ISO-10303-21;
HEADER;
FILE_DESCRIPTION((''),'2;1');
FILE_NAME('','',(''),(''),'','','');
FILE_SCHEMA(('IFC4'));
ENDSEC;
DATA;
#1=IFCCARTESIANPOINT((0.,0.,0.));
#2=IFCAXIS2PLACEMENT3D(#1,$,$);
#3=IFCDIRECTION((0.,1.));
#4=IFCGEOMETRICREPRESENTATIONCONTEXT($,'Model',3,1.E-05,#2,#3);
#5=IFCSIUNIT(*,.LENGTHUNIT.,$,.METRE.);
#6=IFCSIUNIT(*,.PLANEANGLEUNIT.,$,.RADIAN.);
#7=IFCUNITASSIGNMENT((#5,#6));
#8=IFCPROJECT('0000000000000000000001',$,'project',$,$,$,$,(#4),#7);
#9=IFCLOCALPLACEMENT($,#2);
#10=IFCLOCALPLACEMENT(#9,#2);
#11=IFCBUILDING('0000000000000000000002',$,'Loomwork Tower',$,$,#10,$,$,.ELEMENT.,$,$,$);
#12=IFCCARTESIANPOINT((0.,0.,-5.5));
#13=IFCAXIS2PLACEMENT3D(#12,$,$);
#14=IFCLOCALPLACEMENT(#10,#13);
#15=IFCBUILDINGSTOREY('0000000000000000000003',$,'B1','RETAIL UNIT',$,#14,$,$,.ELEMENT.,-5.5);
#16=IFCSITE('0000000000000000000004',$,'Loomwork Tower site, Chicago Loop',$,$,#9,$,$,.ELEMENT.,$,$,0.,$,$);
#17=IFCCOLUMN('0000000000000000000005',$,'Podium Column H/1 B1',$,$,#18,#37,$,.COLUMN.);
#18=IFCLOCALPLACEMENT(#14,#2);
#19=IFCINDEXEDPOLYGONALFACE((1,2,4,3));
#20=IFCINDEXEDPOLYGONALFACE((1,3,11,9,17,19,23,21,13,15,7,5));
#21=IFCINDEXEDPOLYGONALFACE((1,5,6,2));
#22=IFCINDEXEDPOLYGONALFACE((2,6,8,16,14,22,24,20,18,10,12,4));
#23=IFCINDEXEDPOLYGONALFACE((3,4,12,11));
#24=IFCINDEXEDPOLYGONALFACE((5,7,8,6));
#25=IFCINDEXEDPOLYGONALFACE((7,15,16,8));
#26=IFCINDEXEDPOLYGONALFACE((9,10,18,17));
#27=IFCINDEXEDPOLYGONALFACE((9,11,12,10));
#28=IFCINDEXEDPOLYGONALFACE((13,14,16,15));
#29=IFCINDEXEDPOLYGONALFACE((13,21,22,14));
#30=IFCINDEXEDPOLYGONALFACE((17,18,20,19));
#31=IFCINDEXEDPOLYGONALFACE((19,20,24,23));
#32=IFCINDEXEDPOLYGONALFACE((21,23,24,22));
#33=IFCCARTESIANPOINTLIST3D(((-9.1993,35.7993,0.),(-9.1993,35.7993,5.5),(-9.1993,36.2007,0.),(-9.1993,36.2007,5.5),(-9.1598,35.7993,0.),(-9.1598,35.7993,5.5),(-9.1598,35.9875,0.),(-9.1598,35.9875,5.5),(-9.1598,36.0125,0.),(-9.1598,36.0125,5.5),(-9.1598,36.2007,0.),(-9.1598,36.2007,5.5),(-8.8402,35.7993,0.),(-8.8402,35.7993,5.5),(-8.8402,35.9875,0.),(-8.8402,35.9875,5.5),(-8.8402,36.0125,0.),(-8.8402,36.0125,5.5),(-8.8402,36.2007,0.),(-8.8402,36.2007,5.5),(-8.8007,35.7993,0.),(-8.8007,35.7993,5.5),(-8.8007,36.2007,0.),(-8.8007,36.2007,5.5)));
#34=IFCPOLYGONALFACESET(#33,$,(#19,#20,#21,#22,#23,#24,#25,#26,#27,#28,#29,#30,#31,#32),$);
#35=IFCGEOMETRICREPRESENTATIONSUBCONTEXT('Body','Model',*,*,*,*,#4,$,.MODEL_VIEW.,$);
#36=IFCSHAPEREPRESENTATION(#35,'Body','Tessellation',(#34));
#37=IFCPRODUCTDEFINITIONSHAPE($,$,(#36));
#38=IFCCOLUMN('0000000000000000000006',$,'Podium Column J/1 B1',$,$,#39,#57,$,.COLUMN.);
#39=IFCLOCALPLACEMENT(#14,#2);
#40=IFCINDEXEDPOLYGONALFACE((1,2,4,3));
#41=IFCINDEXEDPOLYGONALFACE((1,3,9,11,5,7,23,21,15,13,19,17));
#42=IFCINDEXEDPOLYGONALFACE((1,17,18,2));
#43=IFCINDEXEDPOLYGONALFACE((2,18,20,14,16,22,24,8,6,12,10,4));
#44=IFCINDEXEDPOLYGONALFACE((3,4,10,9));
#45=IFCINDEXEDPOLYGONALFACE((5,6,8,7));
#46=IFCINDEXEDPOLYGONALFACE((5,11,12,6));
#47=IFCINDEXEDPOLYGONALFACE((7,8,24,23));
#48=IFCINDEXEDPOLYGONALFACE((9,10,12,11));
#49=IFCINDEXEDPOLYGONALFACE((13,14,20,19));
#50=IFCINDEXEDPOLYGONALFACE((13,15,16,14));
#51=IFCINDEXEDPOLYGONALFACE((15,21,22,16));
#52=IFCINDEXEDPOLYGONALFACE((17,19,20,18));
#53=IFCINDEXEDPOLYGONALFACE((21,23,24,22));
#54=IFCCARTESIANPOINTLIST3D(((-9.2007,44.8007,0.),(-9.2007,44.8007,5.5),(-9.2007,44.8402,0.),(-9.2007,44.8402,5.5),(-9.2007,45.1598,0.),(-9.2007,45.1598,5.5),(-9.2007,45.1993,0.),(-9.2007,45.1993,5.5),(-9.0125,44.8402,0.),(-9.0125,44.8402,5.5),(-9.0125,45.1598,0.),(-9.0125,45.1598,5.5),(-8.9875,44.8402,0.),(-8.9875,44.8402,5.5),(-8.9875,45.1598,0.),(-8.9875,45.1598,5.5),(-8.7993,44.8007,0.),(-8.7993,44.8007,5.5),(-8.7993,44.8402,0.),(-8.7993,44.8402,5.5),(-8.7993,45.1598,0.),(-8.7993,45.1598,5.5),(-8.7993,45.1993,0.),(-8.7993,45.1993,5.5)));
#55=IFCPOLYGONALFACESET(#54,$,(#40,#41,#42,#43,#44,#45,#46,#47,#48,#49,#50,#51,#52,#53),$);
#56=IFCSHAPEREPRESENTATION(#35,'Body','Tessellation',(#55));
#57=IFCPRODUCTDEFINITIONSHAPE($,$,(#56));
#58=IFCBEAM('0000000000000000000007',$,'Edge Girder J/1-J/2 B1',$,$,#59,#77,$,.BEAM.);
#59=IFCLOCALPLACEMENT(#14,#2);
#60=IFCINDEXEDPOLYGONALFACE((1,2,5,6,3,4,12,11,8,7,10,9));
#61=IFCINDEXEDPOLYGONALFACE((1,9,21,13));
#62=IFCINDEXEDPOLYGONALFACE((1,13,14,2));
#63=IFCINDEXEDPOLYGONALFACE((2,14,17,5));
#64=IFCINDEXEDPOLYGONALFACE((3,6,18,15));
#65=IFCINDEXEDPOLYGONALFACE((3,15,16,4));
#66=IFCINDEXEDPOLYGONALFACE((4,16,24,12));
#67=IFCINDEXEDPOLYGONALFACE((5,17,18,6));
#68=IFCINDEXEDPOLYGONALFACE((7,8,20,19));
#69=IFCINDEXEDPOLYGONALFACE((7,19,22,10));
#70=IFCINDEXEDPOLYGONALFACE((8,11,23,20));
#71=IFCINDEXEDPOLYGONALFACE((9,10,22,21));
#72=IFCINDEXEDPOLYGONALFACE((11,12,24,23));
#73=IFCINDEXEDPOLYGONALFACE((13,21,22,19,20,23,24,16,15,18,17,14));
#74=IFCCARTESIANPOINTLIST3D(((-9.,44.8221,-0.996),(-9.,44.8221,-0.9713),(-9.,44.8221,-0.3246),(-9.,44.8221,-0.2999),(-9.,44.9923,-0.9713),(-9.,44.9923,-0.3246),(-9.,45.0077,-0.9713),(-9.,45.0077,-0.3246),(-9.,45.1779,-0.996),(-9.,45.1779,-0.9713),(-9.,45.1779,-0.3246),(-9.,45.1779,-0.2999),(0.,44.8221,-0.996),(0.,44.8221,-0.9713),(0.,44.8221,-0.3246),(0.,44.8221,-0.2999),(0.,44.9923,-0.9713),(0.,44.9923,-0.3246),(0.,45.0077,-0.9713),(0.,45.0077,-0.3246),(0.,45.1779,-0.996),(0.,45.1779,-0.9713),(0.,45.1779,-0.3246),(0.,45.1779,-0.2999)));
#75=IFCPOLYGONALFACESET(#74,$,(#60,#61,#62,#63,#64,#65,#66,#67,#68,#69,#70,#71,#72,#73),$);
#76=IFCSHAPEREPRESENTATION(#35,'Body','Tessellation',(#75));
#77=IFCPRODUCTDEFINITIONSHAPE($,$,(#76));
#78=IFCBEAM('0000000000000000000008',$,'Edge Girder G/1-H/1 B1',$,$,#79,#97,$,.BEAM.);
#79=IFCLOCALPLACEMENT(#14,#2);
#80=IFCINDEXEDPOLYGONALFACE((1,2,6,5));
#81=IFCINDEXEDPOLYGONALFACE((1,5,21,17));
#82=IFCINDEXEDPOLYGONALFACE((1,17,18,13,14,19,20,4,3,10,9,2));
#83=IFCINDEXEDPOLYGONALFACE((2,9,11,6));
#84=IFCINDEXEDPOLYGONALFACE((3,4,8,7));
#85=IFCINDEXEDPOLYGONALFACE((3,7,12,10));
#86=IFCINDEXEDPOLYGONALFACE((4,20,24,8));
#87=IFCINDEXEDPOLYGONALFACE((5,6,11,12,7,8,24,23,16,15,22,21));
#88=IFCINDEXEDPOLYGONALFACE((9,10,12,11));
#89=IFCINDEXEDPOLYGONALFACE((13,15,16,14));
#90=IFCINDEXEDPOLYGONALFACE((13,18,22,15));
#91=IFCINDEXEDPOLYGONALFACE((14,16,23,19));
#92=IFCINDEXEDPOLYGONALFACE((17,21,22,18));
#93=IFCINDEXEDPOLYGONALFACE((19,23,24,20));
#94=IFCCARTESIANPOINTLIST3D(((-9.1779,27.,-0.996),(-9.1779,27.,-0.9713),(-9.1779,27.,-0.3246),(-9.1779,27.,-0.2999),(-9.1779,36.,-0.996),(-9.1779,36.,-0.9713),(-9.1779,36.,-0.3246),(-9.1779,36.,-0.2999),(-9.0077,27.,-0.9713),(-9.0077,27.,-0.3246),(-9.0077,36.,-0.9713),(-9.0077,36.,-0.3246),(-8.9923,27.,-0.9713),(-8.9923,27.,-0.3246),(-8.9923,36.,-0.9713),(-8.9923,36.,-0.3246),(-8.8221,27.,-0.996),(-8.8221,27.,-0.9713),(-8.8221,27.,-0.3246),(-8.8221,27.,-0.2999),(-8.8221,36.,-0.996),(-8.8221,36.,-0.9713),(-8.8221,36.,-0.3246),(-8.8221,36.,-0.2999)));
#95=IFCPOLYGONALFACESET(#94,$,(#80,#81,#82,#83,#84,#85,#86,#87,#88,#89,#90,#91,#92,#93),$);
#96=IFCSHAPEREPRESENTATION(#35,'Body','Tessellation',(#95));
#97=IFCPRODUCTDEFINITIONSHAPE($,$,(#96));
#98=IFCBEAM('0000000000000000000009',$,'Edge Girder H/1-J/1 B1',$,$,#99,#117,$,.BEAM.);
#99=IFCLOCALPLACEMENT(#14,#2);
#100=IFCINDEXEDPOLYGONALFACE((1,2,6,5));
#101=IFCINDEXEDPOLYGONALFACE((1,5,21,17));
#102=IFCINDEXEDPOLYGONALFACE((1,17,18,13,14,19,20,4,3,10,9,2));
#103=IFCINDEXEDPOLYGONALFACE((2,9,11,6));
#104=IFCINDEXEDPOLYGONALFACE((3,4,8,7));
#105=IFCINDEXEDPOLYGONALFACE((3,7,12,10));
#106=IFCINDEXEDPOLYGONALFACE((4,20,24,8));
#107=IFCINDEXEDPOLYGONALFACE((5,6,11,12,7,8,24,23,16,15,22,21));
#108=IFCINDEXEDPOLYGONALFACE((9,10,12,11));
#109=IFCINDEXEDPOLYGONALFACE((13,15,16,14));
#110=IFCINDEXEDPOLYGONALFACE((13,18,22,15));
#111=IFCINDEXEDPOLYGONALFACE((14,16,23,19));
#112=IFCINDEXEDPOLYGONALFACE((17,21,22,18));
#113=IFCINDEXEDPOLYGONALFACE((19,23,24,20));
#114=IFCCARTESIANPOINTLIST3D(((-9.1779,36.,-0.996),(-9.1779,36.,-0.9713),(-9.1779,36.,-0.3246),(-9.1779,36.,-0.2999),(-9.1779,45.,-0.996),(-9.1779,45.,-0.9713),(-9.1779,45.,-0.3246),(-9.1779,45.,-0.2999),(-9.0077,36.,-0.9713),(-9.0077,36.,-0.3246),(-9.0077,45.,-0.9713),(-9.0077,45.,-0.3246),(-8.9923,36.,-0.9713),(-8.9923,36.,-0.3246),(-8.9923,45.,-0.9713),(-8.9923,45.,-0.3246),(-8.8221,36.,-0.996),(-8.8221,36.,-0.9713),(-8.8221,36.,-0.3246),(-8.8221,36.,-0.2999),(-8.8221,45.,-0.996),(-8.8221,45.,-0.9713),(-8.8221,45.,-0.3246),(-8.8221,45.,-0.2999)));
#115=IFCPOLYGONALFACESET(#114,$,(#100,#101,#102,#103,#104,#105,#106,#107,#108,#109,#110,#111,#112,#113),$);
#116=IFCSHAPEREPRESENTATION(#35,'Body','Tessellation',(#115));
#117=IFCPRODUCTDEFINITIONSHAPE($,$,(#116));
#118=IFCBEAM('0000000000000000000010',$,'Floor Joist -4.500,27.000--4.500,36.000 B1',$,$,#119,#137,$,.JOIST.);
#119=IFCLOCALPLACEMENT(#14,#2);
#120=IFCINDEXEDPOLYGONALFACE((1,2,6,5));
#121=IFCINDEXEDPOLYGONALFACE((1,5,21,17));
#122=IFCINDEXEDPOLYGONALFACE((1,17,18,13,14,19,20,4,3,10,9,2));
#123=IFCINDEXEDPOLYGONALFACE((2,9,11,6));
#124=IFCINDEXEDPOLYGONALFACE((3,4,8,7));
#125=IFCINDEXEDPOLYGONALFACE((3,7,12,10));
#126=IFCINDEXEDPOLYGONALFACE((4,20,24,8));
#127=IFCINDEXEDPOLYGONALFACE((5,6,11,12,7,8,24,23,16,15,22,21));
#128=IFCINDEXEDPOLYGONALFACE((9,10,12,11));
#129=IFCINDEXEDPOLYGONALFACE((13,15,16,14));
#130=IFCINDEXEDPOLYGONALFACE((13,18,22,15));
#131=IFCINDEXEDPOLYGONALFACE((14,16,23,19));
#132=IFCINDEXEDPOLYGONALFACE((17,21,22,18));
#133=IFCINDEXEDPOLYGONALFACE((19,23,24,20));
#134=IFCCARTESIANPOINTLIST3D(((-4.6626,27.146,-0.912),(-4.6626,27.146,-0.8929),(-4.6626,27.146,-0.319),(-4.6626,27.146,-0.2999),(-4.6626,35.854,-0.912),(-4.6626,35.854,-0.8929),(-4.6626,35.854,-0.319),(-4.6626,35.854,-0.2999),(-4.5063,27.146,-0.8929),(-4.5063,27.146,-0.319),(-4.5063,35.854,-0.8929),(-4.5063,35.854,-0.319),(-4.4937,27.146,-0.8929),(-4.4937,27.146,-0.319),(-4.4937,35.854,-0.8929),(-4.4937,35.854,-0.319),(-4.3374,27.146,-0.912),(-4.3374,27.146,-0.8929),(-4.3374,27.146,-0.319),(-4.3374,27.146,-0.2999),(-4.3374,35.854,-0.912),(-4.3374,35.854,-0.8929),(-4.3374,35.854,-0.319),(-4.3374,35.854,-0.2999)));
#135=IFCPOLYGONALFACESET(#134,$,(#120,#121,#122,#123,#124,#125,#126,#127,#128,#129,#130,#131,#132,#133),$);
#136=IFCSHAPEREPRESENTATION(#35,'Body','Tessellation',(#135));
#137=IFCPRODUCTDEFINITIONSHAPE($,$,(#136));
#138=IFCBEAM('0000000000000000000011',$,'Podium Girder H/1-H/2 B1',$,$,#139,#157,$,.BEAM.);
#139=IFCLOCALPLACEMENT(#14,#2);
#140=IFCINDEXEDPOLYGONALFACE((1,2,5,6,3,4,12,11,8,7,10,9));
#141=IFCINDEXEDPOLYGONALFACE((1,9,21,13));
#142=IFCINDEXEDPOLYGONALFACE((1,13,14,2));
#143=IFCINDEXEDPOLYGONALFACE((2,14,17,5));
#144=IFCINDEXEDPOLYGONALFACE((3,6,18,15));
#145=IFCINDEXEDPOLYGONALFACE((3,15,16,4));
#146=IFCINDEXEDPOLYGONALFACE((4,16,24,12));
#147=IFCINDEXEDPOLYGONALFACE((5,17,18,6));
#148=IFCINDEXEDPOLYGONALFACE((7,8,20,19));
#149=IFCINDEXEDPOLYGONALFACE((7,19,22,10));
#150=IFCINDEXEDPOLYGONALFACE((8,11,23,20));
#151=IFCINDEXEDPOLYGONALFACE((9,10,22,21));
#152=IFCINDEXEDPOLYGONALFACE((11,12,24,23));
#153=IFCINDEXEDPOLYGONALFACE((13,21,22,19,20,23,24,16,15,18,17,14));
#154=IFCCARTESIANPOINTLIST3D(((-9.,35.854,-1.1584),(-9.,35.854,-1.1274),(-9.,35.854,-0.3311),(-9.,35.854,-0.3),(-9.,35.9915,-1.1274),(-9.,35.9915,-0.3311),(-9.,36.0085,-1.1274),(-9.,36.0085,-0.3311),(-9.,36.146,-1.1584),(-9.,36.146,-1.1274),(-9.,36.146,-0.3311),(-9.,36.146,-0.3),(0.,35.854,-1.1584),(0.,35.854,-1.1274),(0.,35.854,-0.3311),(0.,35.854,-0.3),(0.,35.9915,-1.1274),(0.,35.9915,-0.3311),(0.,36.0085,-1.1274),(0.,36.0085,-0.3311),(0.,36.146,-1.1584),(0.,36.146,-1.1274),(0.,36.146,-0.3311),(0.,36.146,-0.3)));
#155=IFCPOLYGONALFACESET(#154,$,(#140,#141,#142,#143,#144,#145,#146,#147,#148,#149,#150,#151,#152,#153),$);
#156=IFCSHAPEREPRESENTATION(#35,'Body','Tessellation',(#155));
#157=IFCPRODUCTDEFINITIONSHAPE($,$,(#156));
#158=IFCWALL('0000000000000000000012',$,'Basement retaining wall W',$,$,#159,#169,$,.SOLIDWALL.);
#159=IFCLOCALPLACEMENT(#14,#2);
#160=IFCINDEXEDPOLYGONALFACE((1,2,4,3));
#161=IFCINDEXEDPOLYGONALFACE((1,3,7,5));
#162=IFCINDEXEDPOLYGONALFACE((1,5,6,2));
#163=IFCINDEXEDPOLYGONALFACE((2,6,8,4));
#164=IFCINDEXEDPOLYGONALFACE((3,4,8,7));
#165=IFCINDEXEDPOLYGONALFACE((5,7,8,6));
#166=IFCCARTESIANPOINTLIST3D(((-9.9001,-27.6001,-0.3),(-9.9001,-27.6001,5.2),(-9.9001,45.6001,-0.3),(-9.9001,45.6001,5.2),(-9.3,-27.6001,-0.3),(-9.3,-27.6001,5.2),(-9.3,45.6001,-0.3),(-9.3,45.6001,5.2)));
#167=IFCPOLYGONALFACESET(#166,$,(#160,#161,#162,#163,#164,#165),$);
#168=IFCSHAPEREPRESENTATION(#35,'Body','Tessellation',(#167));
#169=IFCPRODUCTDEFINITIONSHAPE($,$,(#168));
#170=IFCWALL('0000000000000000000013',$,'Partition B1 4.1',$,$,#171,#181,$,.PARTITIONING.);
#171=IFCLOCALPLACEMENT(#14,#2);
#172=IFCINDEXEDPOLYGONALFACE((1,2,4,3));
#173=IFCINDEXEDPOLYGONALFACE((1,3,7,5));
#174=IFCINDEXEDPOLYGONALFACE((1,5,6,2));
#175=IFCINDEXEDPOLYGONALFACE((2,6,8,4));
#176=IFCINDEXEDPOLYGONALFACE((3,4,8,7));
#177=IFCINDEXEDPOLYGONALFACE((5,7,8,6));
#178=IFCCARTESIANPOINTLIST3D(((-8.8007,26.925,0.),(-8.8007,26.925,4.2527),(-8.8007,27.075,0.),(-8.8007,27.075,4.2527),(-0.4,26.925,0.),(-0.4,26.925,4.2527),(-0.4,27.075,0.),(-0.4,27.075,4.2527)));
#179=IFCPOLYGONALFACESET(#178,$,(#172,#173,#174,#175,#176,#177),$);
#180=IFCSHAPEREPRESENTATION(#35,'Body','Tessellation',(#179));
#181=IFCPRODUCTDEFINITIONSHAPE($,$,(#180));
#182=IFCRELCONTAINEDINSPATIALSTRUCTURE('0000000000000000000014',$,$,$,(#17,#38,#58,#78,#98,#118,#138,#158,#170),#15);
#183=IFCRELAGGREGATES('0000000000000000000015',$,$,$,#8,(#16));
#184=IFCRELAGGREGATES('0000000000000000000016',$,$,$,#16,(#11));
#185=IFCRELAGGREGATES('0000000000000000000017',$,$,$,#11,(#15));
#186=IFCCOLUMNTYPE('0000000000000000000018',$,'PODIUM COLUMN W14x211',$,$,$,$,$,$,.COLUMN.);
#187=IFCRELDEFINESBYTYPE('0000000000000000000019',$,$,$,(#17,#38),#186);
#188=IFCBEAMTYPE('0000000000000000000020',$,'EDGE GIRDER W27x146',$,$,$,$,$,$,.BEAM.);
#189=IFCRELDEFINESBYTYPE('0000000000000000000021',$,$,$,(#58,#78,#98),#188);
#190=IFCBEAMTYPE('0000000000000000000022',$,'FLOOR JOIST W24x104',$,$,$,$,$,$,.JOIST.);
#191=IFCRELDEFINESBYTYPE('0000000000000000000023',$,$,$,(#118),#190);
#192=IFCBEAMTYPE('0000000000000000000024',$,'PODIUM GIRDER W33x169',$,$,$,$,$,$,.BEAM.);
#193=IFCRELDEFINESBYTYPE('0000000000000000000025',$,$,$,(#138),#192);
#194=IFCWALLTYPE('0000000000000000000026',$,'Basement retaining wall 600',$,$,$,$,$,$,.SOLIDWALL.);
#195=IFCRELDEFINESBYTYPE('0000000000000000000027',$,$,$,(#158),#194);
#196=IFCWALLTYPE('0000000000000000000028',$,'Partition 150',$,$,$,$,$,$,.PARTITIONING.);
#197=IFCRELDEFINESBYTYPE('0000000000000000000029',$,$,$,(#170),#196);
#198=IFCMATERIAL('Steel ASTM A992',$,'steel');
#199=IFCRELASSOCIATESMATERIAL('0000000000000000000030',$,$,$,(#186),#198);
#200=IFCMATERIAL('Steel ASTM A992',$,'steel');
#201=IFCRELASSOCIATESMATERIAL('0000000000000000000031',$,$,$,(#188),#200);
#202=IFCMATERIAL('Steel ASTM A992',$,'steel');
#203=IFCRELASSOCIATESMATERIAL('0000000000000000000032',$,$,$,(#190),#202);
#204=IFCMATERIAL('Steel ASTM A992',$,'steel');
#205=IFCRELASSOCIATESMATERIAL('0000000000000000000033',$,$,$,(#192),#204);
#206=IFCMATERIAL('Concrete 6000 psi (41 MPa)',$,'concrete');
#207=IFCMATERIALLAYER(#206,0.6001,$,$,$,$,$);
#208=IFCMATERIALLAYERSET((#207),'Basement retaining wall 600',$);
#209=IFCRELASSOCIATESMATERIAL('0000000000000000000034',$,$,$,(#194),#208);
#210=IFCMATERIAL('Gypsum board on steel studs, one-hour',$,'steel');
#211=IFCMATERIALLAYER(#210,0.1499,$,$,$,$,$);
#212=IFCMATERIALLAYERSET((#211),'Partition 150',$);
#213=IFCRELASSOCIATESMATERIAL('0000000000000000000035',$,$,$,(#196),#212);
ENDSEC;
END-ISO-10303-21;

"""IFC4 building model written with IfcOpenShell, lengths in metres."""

from ifc_helpers import new_model, si_unit, direction, frame, frame_2d, origin, origin_2d, place, context, subcontext, project, spatial, rectangle, i_section, extrude, material, layer, layer_set, material_profile, profile_set, type_object, element, save


model = new_model("IFC4")

# Units and contexts
model_context = context("Model", 3, precision=1e-05, world=origin(), true_north=direction((0.0, 1.0)))
body_context = subcontext(model_context, "Body", "Model", "MODEL_VIEW")
ifc_project = project(units=[si_unit("LENGTHUNIT", "METRE"), si_unit("PLANEANGLEUNIT", "RADIAN")], contexts=[model_context])

# Site, building, storey
site_placement = place(None, origin())
site = spatial("IfcSite", under=ifc_project, at=site_placement, Name="Loomwork Tower site, Chicago Loop", CompositionType="ELEMENT", RefElevation=0.0)
building_placement = place(site_placement, origin())
building = spatial("IfcBuilding", under=site, at=building_placement, Name="Loomwork Tower", CompositionType="ELEMENT")
storey_placement = place(building_placement, frame((0.0, 0.0, -5.5)))
storey = spatial("IfcBuildingStorey", under=building, at=storey_placement, Name="B1", Description="RETAIL UNIT", CompositionType="ELEMENT", Elevation=-5.5)

# Columns
ifc_material_1 = material(Name="Steel ASTM A992", Category="steel")
ifc_material_profile_1 = material_profile(ifc_material_1, i_section(OverallWidth=0.4014, OverallDepth=0.3987, WebThickness=0.0249, FlangeThickness=0.0396, at=origin_2d()), Name="W14x211")
ifc_profile_set_1 = profile_set([ifc_material_profile_1], Name="Steel ASTM A992")
column_type = type_object("IfcColumnType", Name="PODIUM COLUMN W14x211", PredefinedType="COLUMN", material=ifc_profile_set_1)
for number, where, z_axis, x_axis, name in (
    (1, (-9.0, 36.0, 0.0), (0.0, 0.0, 1.0), (0.0, 1.0, 0.0), "Podium Column H/1 B1"),
    (2, (-9.0, 45.0, 0.0), (0.0, 0.0, 1.0), (1.0, 0.0, 0.0), "Podium Column J/1 B1"),
):
    element("IfcColumn", number, at=place(storey_placement, frame(where, z_axis=z_axis, x_axis=x_axis)), inside=storey, type_object=column_type, Name=name, PredefinedType="COLUMN", context=body_context, shape_type="SweptSolid", body=[
        extrude(i_section(OverallWidth=0.4014, OverallDepth=0.3987, WebThickness=0.0249, FlangeThickness=0.0396, at=origin_2d()), origin(), (0.0, 0.0, 1.0), 5.5),
    ])

# Beams
ifc_material_2 = material(Name="Steel ASTM A992", Category="steel")
ifc_material_profile_2 = material_profile(ifc_material_2, i_section(OverallWidth=0.3557, OverallDepth=0.696, WebThickness=0.0154, FlangeThickness=0.0247, at=origin_2d()), Name="W27x146")
ifc_profile_set_2 = profile_set([ifc_material_profile_2], Name="Steel ASTM A992")
beam_type_1 = type_object("IfcBeamType", Name="EDGE GIRDER W27x146", PredefinedType="BEAM", material=ifc_profile_set_2)
for number, where, z_axis, x_axis, name in (
    (3, (-9.0, 45.0, -0.6479), (1.0, 0.0, 0.0), (0.0, 1.0, 0.0), "Edge Girder J/1-J/2 B1"),
    (4, (-9.0, 27.0, -0.6479), (0.0, 1.0, 0.0), (-1.0, 0.0, 0.0), "Edge Girder G/1-H/1 B1"),
    (5, (-9.0, 36.0, -0.6479), (0.0, 1.0, 0.0), (-1.0, 0.0, 0.0), "Edge Girder H/1-J/1 B1"),
):
    element("IfcBeam", number, at=place(storey_placement, frame(where, z_axis=z_axis, x_axis=x_axis)), inside=storey, type_object=beam_type_1, Name=name, PredefinedType="BEAM", context=body_context, shape_type="SweptSolid", body=[
        extrude(i_section(OverallWidth=0.3557, OverallDepth=0.696, WebThickness=0.0154, FlangeThickness=0.0247, at=origin_2d()), origin(), (0.0, 0.0, 1.0), 9.0),
    ])
ifc_material_3 = material(Name="Steel ASTM A992", Category="steel")
ifc_material_profile_3 = material_profile(ifc_material_3, i_section(OverallWidth=0.3252, OverallDepth=0.6121, WebThickness=0.0127, FlangeThickness=0.019, at=origin_2d()), Name="W24x104")
ifc_profile_set_3 = profile_set([ifc_material_profile_3], Name="Steel ASTM A992")
beam_type_2 = type_object("IfcBeamType", Name="FLOOR JOIST W24x104", PredefinedType="JOIST", material=ifc_profile_set_3)
beam_1_placement = place(storey_placement, frame((-4.5, 27.146, -0.606), z_axis=(0.0, 1.0, 0.0), x_axis=(-1.0, 0.0, 0.0)))
element("IfcBeam", 6, at=beam_1_placement, inside=storey, type_object=beam_type_2, Name="Floor Joist -4.500,27.000--4.500,36.000 B1", PredefinedType="JOIST", context=body_context, shape_type="SweptSolid", body=[
    extrude(i_section(OverallWidth=0.3252, OverallDepth=0.6121, WebThickness=0.0127, FlangeThickness=0.019, at=origin_2d()), origin(), (0.0, 0.0, 1.0), 8.708),
])
ifc_material_4 = material(Name="Steel ASTM A992", Category="steel")
ifc_material_profile_4 = material_profile(ifc_material_4, i_section(OverallWidth=0.292, OverallDepth=0.8584, WebThickness=0.0171, FlangeThickness=0.031, at=origin_2d()), Name="W33x169")
ifc_profile_set_4 = profile_set([ifc_material_profile_4], Name="Steel ASTM A992")
beam_type_3 = type_object("IfcBeamType", Name="PODIUM GIRDER W33x169", PredefinedType="BEAM", material=ifc_profile_set_4)
beam_2_placement = place(storey_placement, frame((-9.0, 36.0, -0.7292), z_axis=(1.0, 0.0, 0.0), x_axis=(0.0, 1.0, 0.0)))
element("IfcBeam", 7, at=beam_2_placement, inside=storey, type_object=beam_type_3, Name="Podium Girder H/1-H/2 B1", PredefinedType="BEAM", context=body_context, shape_type="SweptSolid", body=[
    extrude(i_section(OverallWidth=0.292, OverallDepth=0.8584, WebThickness=0.0171, FlangeThickness=0.031, at=origin_2d()), origin(), (0.0, 0.0, 1.0), 9.0),
])

# Walls
ifc_material_5 = material(Name="Concrete 6000 psi (41 MPa)", Category="concrete")
ifc_layer_1 = layer(ifc_material_5, 0.6001)
ifc_layer_set_1 = layer_set([ifc_layer_1], Name="Basement retaining wall 600")
wall_type_1 = type_object("IfcWallType", Name="Basement retaining wall 600", PredefinedType="SOLIDWALL", material=ifc_layer_set_1)
wall_1_placement = place(storey_placement, frame((-9.6001, 45.6001, -0.3), z_axis=(0.0, 0.0, 1.0), x_axis=(0.0, -1.0, 0.0)))
element("IfcWall", 8, at=wall_1_placement, inside=storey, type_object=wall_type_1, Name="Basement retaining wall W", PredefinedType="SOLIDWALL", context=body_context, shape_type="SweptSolid", body=[
    extrude(rectangle(XDim=73.2002, YDim=0.6001, at=frame_2d((36.6001, 0.0))), origin(), (0.0, 0.0, 1.0), 5.5),
])
ifc_material_6 = material(Name="Gypsum board on steel studs, one-hour", Category="steel")
ifc_layer_2 = layer(ifc_material_6, 0.1499)
ifc_layer_set_2 = layer_set([ifc_layer_2], Name="Partition 150")
wall_type_2 = type_object("IfcWallType", Name="Partition 150", PredefinedType="PARTITIONING", material=ifc_layer_set_2)
wall_2_placement = place(storey_placement, frame((-8.8005, 27.0, 0.0), z_axis=(0.0, 0.0, 1.0), x_axis=(1.0, 0.0, 0.0)))
element("IfcWall", 9, at=wall_2_placement, inside=storey, type_object=wall_type_2, Name="Partition B1 4.1", PredefinedType="PARTITIONING", context=body_context, shape_type="SweptSolid", body=[
    extrude(rectangle(XDim=8.4006, YDim=0.1499, at=frame_2d((4.2002, 0.0))), origin(), (0.0, 0.0, 1.0), 4.2527),
])

save(model, "model.ifc")
